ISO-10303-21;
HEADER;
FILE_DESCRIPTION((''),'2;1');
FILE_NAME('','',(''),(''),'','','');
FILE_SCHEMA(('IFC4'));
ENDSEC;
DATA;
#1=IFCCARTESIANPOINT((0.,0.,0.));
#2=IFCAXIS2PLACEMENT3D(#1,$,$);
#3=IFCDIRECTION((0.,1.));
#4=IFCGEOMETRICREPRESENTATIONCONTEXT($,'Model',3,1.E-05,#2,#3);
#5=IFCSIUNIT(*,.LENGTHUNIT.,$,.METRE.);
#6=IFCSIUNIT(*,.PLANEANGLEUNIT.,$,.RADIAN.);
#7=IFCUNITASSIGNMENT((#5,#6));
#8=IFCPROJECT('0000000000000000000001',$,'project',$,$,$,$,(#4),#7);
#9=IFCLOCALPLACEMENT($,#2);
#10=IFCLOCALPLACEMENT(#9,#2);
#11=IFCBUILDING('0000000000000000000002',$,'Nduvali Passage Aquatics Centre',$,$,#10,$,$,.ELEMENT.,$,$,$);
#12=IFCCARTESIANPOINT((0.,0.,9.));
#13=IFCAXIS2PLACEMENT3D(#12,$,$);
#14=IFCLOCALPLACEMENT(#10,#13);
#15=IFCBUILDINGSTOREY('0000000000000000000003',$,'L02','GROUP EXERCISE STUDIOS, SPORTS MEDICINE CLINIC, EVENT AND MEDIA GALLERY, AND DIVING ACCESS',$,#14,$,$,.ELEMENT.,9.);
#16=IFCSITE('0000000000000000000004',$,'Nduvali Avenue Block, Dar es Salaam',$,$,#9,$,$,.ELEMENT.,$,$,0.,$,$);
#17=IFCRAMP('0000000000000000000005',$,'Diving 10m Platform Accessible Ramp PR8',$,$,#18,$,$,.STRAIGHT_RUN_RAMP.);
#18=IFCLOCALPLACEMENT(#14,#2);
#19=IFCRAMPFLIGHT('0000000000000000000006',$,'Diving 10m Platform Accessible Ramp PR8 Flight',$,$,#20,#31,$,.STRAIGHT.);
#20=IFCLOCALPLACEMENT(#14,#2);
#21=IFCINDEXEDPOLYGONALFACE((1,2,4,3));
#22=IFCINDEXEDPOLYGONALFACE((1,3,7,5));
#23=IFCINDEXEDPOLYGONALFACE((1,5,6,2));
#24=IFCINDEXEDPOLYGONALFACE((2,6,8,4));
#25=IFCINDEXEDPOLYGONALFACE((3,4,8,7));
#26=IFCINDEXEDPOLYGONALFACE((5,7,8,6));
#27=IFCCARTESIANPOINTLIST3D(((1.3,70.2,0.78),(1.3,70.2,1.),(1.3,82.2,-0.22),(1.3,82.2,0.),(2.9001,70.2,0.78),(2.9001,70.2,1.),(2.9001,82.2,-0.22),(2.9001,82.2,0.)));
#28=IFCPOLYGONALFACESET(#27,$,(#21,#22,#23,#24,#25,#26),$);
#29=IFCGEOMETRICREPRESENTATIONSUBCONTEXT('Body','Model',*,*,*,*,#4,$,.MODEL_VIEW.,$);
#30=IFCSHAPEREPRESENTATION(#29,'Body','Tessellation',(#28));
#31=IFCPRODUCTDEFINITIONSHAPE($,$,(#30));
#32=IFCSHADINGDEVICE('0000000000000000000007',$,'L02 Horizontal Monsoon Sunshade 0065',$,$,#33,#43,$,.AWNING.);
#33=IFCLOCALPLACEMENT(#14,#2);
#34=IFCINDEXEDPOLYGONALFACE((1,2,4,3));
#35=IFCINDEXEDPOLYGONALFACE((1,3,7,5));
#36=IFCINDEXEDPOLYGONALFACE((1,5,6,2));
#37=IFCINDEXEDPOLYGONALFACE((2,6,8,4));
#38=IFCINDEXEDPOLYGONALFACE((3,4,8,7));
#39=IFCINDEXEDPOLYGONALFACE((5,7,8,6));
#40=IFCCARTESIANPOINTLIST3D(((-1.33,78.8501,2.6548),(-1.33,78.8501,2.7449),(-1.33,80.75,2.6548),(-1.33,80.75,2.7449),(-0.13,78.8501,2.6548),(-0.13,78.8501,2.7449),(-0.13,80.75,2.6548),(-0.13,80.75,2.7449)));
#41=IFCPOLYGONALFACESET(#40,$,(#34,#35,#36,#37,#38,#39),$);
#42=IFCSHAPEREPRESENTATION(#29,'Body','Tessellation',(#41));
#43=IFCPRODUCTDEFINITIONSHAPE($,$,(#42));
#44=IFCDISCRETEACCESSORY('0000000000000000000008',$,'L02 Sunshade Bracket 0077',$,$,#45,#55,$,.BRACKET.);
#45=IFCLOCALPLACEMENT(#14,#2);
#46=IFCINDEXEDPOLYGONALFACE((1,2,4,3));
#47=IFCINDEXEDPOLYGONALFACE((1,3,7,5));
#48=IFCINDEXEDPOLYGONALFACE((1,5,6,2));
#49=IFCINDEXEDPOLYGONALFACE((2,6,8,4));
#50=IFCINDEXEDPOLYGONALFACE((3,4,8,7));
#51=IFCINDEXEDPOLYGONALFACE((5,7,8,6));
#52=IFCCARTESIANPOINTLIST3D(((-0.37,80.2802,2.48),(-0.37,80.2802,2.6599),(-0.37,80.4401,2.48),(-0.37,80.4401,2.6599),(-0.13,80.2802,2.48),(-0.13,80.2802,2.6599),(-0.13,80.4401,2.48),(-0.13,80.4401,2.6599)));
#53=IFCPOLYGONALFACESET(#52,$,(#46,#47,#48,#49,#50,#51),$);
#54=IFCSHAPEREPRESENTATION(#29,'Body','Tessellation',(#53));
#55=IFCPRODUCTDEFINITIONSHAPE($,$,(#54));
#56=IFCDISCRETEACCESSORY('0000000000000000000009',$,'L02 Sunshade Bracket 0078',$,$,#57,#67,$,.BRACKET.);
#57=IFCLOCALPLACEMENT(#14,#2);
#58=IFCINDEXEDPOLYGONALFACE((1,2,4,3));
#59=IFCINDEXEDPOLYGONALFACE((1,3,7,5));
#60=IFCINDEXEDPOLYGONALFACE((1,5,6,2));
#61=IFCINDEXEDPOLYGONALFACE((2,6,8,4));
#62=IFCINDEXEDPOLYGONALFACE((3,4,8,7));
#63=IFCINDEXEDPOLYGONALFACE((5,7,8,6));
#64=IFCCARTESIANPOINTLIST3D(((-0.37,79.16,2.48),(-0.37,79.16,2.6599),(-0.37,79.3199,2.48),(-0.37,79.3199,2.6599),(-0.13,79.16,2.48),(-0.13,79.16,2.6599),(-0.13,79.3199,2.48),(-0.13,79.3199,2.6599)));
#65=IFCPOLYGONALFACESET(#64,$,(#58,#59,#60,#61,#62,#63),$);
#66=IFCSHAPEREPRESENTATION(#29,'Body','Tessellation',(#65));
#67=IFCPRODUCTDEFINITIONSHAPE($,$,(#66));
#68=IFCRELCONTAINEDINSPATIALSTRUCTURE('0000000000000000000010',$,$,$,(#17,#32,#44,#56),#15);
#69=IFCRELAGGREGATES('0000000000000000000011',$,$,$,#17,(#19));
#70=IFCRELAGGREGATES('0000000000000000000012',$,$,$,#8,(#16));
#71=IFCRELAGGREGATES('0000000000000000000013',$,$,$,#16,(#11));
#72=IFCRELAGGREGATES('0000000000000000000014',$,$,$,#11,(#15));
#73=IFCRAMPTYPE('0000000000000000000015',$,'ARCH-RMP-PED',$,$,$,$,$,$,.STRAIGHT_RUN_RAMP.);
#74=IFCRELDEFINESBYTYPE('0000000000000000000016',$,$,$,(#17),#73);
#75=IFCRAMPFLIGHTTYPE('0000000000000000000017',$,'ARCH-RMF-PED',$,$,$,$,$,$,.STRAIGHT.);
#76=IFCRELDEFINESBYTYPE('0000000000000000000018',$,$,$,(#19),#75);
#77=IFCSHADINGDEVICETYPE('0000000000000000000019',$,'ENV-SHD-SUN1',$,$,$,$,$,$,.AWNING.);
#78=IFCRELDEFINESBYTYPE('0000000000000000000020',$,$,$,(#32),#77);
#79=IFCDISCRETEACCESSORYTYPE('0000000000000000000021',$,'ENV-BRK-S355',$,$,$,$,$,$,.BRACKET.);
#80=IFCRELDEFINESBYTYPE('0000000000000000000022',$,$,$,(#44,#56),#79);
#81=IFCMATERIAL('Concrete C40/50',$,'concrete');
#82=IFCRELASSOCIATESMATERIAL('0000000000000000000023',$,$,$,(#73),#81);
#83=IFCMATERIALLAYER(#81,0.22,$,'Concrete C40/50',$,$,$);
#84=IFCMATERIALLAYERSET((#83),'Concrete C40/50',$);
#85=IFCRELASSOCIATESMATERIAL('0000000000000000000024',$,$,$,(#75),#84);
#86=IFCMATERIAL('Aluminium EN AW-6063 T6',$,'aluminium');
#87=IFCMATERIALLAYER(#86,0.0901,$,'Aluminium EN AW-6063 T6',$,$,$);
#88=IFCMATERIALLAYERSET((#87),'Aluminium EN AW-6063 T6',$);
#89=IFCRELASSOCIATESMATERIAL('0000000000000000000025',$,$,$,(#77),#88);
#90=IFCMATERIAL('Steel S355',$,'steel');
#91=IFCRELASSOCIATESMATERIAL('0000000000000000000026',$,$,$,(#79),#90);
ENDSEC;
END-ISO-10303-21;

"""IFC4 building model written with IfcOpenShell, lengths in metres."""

from ifc_helpers import new_model, si_unit, direction, frame, origin, origin_2d, place, context, subcontext, project, spatial, polyline, rectangle, outline, extrude, material, layer, layer_set, type_object, element, aggregate, save


model = new_model("IFC4")

# Units and contexts
model_context = context("Model", 3, precision=1e-05, world=origin(), true_north=direction((0.0, 1.0)))
body_context = subcontext(model_context, "Body", "Model", "MODEL_VIEW")
ifc_project = project(units=[si_unit("LENGTHUNIT", "METRE"), si_unit("PLANEANGLEUNIT", "RADIAN")], contexts=[model_context])

# Site, building, storey
site_placement = place(None, origin())
site = spatial("IfcSite", under=ifc_project, at=site_placement, Name="Nduvali Avenue Block, Dar es Salaam", CompositionType="ELEMENT", RefElevation=0.0)
building_placement = place(site_placement, origin())
building = spatial("IfcBuilding", under=site, at=building_placement, Name="Nduvali Passage Aquatics Centre", CompositionType="ELEMENT")
storey_placement = place(building_placement, frame((0.0, 0.0, 9.0)))
storey = spatial("IfcBuildingStorey", under=building, at=storey_placement, Name="L02", Description="GROUP EXERCISE STUDIOS, SPORTS MEDICINE CLINIC, EVENT AND MEDIA GALLERY, AND DIVING ACCESS", CompositionType="ELEMENT", Elevation=9.0)

# Shared definitions
ifc_material_1 = material(Name="Steel S355", Category="steel")

# Shared definitions
ifc_material_2 = material(Name="Aluminium EN AW-6063 T6", Category="aluminium")

# Ramp, ramp flight
ifc_material_3 = material(Name="Concrete C40/50", Category="concrete")
ramp_type = type_object("IfcRampType", Name="ARCH-RMP-PED", PredefinedType="STRAIGHT_RUN_RAMP", material=ifc_material_3)
ramp_placement = place(storey_placement, origin())
ramp = element("IfcRamp", 1, at=ramp_placement, inside=storey, type_object=ramp_type, Name="Diving 10m Platform Accessible Ramp PR8", PredefinedType="STRAIGHT_RUN_RAMP")
ifc_layer_1 = layer(ifc_material_3, 0.22, Name="Concrete C40/50")
ifc_layer_set_1 = layer_set([ifc_layer_1], Name="Concrete C40/50")
ramp_flight_type = type_object("IfcRampFlightType", Name="ARCH-RMF-PED", PredefinedType="STRAIGHT", material=ifc_layer_set_1)
ramp_flight_placement = place(storey_placement, frame((2.1001, 82.2, 0.0), z_axis=(0.0, 0.0, 1.0), x_axis=(0.0, -1.0, 0.0)))
ramp_flight = element("IfcRampFlight", 2, at=ramp_flight_placement, type_object=ramp_flight_type, Name="Diving 10m Platform Accessible Ramp PR8 Flight", PredefinedType="STRAIGHT", context=body_context, shape_type="SweptSolid", body=[
    extrude(outline(polyline([(0.0, -0.22), (12.0, 0.78), (12.0, 1.0), (0.0, 0.0), (0.0, -0.22)])), frame((0.0, 0.8, 0.0), z_axis=(0.0, -1.0, 0.0), x_axis=(1.0, 0.0, 0.0)), (0.0, 0.0, 1.0), 1.6001),
])
aggregate(ramp, [ramp_flight])

# Shading device
ifc_layer_2 = layer(ifc_material_2, 0.0901, Name="Aluminium EN AW-6063 T6")
ifc_layer_set_2 = layer_set([ifc_layer_2], Name="Aluminium EN AW-6063 T6")
shading_device_type = type_object("IfcShadingDeviceType", Name="ENV-SHD-SUN1", PredefinedType="AWNING", material=ifc_layer_set_2)
shading_device_placement = place(storey_placement, frame((-0.73, 79.8, 2.6548), z_axis=(0.0, 0.0, 1.0), x_axis=(0.0, -1.0, 0.0)))
element("IfcShadingDevice", 3, at=shading_device_placement, inside=storey, type_object=shading_device_type, Name="L02 Horizontal Monsoon Sunshade 0065", PredefinedType="AWNING", context=body_context, shape_type="SweptSolid", body=[
    extrude(rectangle(XDim=1.8999, YDim=1.2, at=origin_2d()), origin(), (0.0, 0.0, 1.0), 0.0901),
])

# Discrete accessories
discrete_accessory_type = type_object("IfcDiscreteAccessoryType", Name="ENV-BRK-S355", PredefinedType="BRACKET", material=ifc_material_1)
for number, where, z_axis, x_axis, name in (
    (4, (-0.25, 80.3601, 2.48), (0.0, 0.0, 1.0), (0.0, -1.0, 0.0), "L02 Sunshade Bracket 0077"),
    (5, (-0.25, 79.24, 2.48), (0.0, 0.0, 1.0), (0.0, -1.0, 0.0), "L02 Sunshade Bracket 0078"),
):
    element("IfcDiscreteAccessory", number, at=place(storey_placement, frame(where, z_axis=z_axis, x_axis=x_axis)), inside=storey, type_object=discrete_accessory_type, Name=name, PredefinedType="BRACKET", context=body_context, shape_type="SweptSolid", body=[
        extrude(rectangle(XDim=0.1599, YDim=0.24, at=origin_2d()), origin(), (0.0, 0.0, 1.0), 0.1799),
    ])

save(model, "model.ifc")
